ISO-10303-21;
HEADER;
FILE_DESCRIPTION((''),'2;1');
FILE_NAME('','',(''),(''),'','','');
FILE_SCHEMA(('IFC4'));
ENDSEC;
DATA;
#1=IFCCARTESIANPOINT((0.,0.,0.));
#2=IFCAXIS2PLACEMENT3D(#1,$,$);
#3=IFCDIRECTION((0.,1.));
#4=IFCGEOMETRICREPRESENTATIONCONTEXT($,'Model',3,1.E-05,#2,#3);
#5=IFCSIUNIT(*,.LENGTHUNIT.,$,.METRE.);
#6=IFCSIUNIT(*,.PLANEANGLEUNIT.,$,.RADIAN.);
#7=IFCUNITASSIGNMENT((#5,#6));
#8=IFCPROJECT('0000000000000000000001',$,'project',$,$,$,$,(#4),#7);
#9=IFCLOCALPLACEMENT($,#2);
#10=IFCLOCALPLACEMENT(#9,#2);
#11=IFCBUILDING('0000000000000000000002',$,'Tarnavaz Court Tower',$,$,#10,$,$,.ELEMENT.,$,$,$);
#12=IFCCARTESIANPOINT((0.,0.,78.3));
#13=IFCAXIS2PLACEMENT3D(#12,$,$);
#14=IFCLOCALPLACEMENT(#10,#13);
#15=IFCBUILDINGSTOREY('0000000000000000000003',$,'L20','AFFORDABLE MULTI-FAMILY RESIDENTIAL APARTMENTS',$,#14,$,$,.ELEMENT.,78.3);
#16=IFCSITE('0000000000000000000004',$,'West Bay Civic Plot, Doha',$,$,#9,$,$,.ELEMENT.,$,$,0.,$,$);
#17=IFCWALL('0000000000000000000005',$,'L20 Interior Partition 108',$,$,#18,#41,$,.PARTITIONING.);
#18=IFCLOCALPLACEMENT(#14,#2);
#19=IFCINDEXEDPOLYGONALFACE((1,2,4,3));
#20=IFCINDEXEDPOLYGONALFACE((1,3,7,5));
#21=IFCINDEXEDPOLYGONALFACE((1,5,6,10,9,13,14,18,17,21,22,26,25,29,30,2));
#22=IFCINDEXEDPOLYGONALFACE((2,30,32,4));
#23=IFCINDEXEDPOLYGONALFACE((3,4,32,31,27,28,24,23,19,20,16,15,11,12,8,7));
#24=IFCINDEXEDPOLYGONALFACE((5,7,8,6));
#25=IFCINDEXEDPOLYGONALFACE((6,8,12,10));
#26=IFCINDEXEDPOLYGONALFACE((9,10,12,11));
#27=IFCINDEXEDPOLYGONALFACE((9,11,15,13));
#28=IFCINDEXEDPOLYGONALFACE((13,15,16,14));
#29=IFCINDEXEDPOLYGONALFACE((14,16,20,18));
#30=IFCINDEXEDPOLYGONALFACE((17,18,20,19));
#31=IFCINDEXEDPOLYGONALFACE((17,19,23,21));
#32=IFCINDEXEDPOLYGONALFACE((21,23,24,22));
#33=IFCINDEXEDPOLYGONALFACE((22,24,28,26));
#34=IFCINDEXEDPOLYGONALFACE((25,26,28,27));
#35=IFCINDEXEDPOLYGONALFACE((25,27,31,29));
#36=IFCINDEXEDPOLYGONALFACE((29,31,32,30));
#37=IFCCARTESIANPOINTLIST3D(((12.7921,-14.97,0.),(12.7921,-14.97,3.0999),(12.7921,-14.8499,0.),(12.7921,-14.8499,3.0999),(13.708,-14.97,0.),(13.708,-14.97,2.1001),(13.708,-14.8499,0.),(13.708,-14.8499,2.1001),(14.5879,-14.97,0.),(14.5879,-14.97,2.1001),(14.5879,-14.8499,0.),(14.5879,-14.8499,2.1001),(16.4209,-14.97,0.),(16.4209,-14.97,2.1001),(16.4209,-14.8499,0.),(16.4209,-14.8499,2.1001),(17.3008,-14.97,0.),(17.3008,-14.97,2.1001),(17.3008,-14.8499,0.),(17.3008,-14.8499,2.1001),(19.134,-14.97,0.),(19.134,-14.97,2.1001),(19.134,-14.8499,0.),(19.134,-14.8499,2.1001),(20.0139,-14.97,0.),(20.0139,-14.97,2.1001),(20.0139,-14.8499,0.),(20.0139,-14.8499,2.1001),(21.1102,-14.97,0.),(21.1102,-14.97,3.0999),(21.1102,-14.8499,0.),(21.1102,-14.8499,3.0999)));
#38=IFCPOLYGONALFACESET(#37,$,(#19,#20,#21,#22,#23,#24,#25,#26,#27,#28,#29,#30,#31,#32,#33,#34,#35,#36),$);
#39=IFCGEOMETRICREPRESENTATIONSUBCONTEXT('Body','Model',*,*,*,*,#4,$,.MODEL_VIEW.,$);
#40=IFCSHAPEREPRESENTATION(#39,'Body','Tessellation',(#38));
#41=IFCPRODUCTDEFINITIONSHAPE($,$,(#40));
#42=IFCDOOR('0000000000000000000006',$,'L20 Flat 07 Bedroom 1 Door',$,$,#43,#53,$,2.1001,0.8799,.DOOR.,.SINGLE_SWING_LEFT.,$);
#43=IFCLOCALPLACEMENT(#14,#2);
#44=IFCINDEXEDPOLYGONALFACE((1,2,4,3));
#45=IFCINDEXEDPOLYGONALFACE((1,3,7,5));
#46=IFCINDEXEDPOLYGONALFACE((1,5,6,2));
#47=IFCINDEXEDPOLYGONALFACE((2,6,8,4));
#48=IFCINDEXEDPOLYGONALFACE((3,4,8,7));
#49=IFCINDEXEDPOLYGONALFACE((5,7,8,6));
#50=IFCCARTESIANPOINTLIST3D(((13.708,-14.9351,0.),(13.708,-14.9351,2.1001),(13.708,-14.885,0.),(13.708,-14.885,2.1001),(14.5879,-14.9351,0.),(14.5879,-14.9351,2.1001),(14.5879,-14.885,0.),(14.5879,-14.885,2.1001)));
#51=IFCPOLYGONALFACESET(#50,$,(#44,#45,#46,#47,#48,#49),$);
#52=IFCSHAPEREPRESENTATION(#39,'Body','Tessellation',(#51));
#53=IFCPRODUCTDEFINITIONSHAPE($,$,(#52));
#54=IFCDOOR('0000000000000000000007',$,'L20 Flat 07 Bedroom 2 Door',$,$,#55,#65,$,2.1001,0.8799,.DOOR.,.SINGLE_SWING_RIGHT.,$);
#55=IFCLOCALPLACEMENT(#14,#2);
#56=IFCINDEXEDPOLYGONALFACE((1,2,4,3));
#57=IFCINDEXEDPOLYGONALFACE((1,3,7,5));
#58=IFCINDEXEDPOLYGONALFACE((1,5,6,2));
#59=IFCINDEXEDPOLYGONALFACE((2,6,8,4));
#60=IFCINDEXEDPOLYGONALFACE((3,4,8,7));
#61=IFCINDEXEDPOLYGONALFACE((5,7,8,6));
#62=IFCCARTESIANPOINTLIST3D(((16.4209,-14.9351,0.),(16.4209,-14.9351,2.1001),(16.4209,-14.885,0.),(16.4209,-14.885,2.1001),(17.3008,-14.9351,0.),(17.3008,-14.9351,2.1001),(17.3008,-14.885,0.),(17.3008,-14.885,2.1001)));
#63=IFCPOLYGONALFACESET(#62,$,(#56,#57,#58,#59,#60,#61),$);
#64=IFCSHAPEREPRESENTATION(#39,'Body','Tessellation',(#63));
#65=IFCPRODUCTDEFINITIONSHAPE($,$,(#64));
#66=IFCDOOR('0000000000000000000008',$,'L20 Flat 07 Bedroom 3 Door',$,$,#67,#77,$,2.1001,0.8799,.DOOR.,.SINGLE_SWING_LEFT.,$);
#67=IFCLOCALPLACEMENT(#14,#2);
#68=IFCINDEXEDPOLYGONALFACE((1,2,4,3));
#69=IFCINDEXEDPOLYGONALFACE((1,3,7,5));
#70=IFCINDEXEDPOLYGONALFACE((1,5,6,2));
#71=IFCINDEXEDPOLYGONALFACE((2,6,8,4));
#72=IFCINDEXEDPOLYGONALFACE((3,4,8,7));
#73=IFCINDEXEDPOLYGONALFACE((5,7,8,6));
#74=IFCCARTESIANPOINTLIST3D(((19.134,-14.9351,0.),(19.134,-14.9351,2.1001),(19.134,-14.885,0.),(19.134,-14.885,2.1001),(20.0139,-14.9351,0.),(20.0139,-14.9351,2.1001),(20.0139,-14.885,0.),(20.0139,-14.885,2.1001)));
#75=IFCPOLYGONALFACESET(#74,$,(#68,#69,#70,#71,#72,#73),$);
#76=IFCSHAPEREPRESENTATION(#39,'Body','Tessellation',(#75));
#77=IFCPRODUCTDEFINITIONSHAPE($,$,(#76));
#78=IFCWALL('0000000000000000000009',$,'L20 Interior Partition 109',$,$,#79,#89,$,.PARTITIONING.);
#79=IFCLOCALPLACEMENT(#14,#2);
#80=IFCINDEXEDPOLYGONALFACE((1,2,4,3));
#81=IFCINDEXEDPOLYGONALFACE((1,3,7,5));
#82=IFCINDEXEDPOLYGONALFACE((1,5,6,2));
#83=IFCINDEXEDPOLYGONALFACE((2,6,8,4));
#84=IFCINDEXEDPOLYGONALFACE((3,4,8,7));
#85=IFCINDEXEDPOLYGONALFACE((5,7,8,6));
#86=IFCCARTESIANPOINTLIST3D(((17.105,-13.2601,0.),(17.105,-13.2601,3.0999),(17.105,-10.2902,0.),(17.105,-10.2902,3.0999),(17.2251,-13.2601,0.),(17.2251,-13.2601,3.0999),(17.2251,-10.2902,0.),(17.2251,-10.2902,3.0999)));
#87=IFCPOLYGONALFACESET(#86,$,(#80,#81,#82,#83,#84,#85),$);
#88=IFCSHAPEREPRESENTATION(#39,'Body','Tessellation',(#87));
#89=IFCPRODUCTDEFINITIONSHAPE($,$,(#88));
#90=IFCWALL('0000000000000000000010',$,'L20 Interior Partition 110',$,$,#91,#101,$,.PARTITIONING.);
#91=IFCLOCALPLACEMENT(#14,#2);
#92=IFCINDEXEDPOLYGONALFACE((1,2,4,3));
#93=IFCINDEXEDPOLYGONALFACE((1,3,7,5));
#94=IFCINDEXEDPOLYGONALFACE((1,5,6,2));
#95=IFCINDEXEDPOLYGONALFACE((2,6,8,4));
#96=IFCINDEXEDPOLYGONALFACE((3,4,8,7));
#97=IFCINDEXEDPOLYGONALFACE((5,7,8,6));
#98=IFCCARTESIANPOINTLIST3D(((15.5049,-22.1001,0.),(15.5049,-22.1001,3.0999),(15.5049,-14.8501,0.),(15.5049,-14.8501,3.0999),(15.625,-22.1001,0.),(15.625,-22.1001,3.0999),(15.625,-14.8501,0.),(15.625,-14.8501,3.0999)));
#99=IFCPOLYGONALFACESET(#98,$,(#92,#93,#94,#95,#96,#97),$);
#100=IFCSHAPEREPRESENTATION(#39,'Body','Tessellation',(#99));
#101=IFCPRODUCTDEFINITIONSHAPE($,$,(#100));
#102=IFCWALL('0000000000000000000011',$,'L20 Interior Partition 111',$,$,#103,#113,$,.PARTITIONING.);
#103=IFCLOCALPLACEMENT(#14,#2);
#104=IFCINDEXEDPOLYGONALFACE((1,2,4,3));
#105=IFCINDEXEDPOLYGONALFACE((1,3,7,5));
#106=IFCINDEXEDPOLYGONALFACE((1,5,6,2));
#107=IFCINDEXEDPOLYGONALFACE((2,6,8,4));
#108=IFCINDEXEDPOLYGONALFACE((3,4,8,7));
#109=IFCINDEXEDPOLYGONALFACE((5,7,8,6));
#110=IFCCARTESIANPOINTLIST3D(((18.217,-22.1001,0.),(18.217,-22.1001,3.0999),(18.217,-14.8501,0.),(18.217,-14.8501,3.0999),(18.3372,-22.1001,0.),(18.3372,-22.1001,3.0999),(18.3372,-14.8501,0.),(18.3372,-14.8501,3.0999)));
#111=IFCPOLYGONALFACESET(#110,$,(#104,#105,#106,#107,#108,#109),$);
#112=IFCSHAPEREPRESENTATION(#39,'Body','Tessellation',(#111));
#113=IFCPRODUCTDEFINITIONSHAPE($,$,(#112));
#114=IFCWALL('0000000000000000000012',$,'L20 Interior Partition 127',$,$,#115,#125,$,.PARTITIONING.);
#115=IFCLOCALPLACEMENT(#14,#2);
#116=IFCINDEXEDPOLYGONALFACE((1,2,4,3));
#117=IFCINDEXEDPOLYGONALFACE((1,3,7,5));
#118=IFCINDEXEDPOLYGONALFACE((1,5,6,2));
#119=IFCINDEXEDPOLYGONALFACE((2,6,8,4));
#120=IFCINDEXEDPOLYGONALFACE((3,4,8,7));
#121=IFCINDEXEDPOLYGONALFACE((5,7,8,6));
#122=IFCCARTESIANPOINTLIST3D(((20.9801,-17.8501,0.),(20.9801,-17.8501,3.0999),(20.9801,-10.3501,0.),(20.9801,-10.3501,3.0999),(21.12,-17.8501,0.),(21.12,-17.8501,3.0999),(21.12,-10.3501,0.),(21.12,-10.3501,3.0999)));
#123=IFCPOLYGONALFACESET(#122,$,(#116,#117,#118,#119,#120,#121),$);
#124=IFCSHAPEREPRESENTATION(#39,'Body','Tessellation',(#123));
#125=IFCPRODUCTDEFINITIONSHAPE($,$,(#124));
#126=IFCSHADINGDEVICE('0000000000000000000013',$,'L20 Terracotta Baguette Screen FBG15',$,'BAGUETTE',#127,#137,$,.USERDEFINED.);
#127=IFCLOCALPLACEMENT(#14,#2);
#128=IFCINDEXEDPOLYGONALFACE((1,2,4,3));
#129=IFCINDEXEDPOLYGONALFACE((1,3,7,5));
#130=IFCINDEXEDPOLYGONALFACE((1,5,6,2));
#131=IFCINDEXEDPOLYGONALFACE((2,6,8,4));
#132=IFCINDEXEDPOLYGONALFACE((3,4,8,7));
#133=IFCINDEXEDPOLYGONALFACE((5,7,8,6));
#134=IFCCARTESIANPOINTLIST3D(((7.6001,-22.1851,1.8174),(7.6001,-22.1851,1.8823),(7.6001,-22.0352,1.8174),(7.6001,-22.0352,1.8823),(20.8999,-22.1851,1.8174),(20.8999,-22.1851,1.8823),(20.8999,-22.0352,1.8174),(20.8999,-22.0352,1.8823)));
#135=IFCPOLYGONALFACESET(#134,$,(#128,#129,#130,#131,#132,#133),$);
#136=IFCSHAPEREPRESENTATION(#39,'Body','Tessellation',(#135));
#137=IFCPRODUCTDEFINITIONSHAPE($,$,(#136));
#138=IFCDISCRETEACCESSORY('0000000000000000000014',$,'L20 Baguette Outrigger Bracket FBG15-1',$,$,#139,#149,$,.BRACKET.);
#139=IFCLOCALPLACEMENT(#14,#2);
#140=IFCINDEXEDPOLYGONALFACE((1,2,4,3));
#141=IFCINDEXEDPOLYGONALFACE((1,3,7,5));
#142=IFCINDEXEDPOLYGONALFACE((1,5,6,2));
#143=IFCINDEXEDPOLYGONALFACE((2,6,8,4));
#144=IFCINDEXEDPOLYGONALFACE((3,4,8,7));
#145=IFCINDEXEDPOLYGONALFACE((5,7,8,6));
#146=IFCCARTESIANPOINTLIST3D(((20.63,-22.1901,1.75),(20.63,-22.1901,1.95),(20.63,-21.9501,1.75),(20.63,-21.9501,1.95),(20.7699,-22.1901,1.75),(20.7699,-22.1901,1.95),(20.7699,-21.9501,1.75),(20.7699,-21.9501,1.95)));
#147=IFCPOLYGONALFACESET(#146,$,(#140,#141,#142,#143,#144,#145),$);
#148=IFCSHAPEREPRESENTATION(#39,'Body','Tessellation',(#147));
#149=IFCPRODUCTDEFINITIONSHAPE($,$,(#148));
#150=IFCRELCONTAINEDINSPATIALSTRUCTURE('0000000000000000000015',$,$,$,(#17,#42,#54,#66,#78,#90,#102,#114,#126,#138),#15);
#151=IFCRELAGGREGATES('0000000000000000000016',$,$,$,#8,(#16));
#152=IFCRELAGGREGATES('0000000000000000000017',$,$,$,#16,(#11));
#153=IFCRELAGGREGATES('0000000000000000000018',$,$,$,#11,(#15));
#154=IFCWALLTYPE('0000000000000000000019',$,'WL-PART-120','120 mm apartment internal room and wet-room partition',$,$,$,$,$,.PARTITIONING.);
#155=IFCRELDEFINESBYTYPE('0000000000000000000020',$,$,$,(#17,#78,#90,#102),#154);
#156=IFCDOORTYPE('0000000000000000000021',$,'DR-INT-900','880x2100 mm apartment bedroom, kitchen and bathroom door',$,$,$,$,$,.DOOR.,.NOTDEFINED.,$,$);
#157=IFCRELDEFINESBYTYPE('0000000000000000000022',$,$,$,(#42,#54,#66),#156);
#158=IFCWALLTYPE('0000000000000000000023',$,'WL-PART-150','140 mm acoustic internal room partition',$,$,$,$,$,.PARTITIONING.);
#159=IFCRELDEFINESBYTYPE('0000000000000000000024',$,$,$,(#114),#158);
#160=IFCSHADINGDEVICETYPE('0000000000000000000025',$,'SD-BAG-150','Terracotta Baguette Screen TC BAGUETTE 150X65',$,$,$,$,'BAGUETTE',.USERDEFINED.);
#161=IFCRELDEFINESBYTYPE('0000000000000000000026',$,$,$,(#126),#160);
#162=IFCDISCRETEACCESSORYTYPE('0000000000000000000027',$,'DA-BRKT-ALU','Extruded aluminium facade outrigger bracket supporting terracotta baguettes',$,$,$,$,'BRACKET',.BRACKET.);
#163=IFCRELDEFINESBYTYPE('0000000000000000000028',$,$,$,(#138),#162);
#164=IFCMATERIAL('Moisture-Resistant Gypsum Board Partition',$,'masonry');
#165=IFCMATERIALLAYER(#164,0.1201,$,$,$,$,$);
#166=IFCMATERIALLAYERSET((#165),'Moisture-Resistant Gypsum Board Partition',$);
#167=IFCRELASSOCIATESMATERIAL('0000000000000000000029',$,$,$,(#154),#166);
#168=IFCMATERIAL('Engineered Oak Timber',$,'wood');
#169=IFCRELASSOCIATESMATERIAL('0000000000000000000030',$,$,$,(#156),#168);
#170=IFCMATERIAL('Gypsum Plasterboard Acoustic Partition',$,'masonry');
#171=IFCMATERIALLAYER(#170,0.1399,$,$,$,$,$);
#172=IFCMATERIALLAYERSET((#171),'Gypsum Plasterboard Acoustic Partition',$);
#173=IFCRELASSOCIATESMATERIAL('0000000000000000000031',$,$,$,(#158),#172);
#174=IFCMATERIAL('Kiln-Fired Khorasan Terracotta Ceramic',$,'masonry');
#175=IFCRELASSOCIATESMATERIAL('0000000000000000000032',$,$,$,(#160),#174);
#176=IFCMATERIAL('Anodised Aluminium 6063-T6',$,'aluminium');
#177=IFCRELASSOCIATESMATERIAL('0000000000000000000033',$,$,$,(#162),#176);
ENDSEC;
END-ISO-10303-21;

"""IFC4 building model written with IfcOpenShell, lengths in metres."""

from ifc_helpers import new_model, si_unit, direction, frame, frame_2d, origin, origin_2d, place, context, subcontext, project, spatial, rectangle, extrude, material, layer, layer_set, material_profile, profile_set, type_object, element, fill, save


model = new_model("IFC4")

# Units and contexts
model_context = context("Model", 3, precision=1e-05, world=origin(), true_north=direction((0.0, 1.0)))
body_context = subcontext(model_context, "Body", "Model", "MODEL_VIEW")
ifc_project = project(units=[si_unit("LENGTHUNIT", "METRE"), si_unit("PLANEANGLEUNIT", "RADIAN")], contexts=[model_context])

# Site, building, storey
site_placement = place(None, origin())
site = spatial("IfcSite", under=ifc_project, at=site_placement, Name="West Bay Civic Plot, Doha", CompositionType="ELEMENT", RefElevation=0.0)
building_placement = place(site_placement, origin())
building = spatial("IfcBuilding", under=site, at=building_placement, Name="Tarnavaz Court Tower", CompositionType="ELEMENT")
storey_placement = place(building_placement, frame((0.0, 0.0, 78.3)))
storey = spatial("IfcBuildingStorey", under=building, at=storey_placement, Name="L20", Description="AFFORDABLE MULTI-FAMILY RESIDENTIAL APARTMENTS", CompositionType="ELEMENT", Elevation=78.3)

# Shared definitions
ifc_material_1 = material(Name="Moisture-Resistant Gypsum Board Partition", Category="masonry")
ifc_layer_1 = layer(ifc_material_1, 0.1201)
ifc_layer_set_1 = layer_set([ifc_layer_1], Name="Moisture-Resistant Gypsum Board Partition")
wall_type_1 = type_object("IfcWallType", Name="WL-PART-120", Description="120 mm apartment internal room and wet-room partition", PredefinedType="PARTITIONING", material=ifc_layer_set_1)
ifc_material_2 = material(Name="Engineered Oak Timber", Category="wood")
door_type_1 = type_object("IfcDoorType", Name="DR-INT-900", Description="880x2100 mm apartment bedroom, kitchen and bathroom door", OperationType="NOTDEFINED", PredefinedType="DOOR", material=ifc_material_2)

# Wall, openings, doors
wall_1_placement = place(storey_placement, frame((12.792, -14.9099, 0.0), z_axis=(0.0, 0.0, 1.0), x_axis=(1.0, 0.0, 0.0)))
wall_1 = element("IfcWall", 1, at=wall_1_placement, inside=storey, type_object=wall_type_1, Name="L20 Interior Partition 108", PredefinedType="PARTITIONING", context=body_context, shape_type="SweptSolid", body=[
    extrude(rectangle(XDim=8.3181, YDim=0.1201, at=frame_2d((4.1592, 0.0))), origin(), (0.0, 0.0, 1.0), 3.0999),
])
opening_1_placement = place(wall_1_placement, frame((0.916, 0.0, 0.0)))
opening_1 = element("IfcOpeningElement", 2, at=opening_1_placement, cuts=wall_1, PredefinedType="OPENING", context=body_context, shape_type="SweptSolid", body=[
    extrude(rectangle(XDim=0.8799, YDim=2.1001, at=frame_2d((0.4399, 1.05))), frame((0.0, 0.0701, 0.0), z_axis=(0.0, -1.0, 0.0), x_axis=(1.0, 0.0, 0.0)), (0.0, 0.0, 1.0), 0.1401),
])
opening_2_placement = place(wall_1_placement, frame((3.6289, 0.0, 0.0)))
opening_2 = element("IfcOpeningElement", 3, at=opening_2_placement, cuts=wall_1, PredefinedType="OPENING", context=body_context, shape_type="SweptSolid", body=[
    extrude(rectangle(XDim=0.8799, YDim=2.1001, at=frame_2d((0.4399, 1.05))), frame((0.0, 0.0701, 0.0), z_axis=(0.0, -1.0, 0.0), x_axis=(1.0, 0.0, 0.0)), (0.0, 0.0, 1.0), 0.1401),
])
opening_3_placement = place(wall_1_placement, frame((6.342, 0.0, 0.0)))
opening_3 = element("IfcOpeningElement", 4, at=opening_3_placement, cuts=wall_1, PredefinedType="OPENING", context=body_context, shape_type="SweptSolid", body=[
    extrude(rectangle(XDim=0.8799, YDim=2.1001, at=frame_2d((0.4399, 1.05))), frame((0.0, 0.0701, 0.0), z_axis=(0.0, -1.0, 0.0), x_axis=(1.0, 0.0, 0.0)), (0.0, 0.0, 1.0), 0.1401),
])
door_1_placement = place(opening_1_placement, origin())
door_1 = element("IfcDoor", 5, at=door_1_placement, inside=storey, type_object=door_type_1, Name="L20 Flat 07 Bedroom 1 Door", OperationType="SINGLE_SWING_LEFT", OverallHeight=2.1001, OverallWidth=0.8799, PredefinedType="DOOR", context=body_context, shape_type="SweptSolid", body=[
    extrude(rectangle(XDim=0.8799, YDim=2.1001, at=frame_2d((0.4399, 1.05))), frame((0.0, 0.0249, 0.0), z_axis=(0.0, -1.0, 0.0), x_axis=(1.0, 0.0, 0.0)), (0.0, 0.0, 1.0), 0.05),
])
fill(opening_1, door_1)
door_2_placement = place(opening_2_placement, origin())
door_2 = element("IfcDoor", 6, at=door_2_placement, inside=storey, type_object=door_type_1, Name="L20 Flat 07 Bedroom 2 Door", OperationType="SINGLE_SWING_RIGHT", OverallHeight=2.1001, OverallWidth=0.8799, PredefinedType="DOOR", context=body_context, shape_type="SweptSolid", body=[
    extrude(rectangle(XDim=0.8799, YDim=2.1001, at=frame_2d((0.4399, 1.05))), frame((0.0, 0.0249, 0.0), z_axis=(0.0, -1.0, 0.0), x_axis=(1.0, 0.0, 0.0)), (0.0, 0.0, 1.0), 0.05),
])
fill(opening_2, door_2)
door_3_placement = place(opening_3_placement, origin())
door_3 = element("IfcDoor", 7, at=door_3_placement, inside=storey, type_object=door_type_1, Name="L20 Flat 07 Bedroom 3 Door", OperationType="SINGLE_SWING_LEFT", OverallHeight=2.1001, OverallWidth=0.8799, PredefinedType="DOOR", context=body_context, shape_type="SweptSolid", body=[
    extrude(rectangle(XDim=0.8799, YDim=2.1001, at=frame_2d((0.4399, 1.05))), frame((0.0, 0.0249, 0.0), z_axis=(0.0, -1.0, 0.0), x_axis=(1.0, 0.0, 0.0)), (0.0, 0.0, 1.0), 0.05),
])
fill(opening_3, door_3)

# Walls
wall_2_placement = place(storey_placement, frame((17.165, -13.26, 0.0), z_axis=(0.0, 0.0, 1.0), x_axis=(0.0, 1.0, 0.0)))
element("IfcWall", 8, at=wall_2_placement, inside=storey, type_object=wall_type_1, Name="L20 Interior Partition 109", PredefinedType="PARTITIONING", context=body_context, shape_type="SweptSolid", body=[
    extrude(rectangle(XDim=2.97, YDim=0.1201, at=frame_2d((1.4849, 0.0))), origin(), (0.0, 0.0, 1.0), 3.0999),
])
for number, where, z_axis, x_axis, name in (
    (9, (15.5649, -22.1001, 0.0), (0.0, 0.0, 1.0), (0.0, 1.0, 0.0), "L20 Interior Partition 110"),
    (10, (18.2771, -22.1001, 0.0), (0.0, 0.0, 1.0), (0.0, 1.0, 0.0), "L20 Interior Partition 111"),
):
    element("IfcWall", number, at=place(storey_placement, frame(where, z_axis=z_axis, x_axis=x_axis)), inside=storey, type_object=wall_type_1, Name=name, PredefinedType="PARTITIONING", context=body_context, shape_type="SweptSolid", body=[
        extrude(rectangle(XDim=7.25, YDim=0.1201, at=frame_2d((3.625, 0.0))), origin(), (0.0, 0.0, 1.0), 3.0999),
    ])
ifc_material_3 = material(Name="Gypsum Plasterboard Acoustic Partition", Category="masonry")
ifc_layer_2 = layer(ifc_material_3, 0.1399)
ifc_layer_set_2 = layer_set([ifc_layer_2], Name="Gypsum Plasterboard Acoustic Partition")
wall_type_2 = type_object("IfcWallType", Name="WL-PART-150", Description="140 mm acoustic internal room partition", PredefinedType="PARTITIONING", material=ifc_layer_set_2)
wall_3_placement = place(storey_placement, frame((21.05, -17.8501, 0.0), z_axis=(0.0, 0.0, 1.0), x_axis=(0.0, 1.0, 0.0)))
element("IfcWall", 11, at=wall_3_placement, inside=storey, type_object=wall_type_2, Name="L20 Interior Partition 127", PredefinedType="PARTITIONING", context=body_context, shape_type="SweptSolid", body=[
    extrude(rectangle(XDim=7.5, YDim=0.1399, at=frame_2d((3.75, 0.0))), origin(), (0.0, 0.0, 1.0), 3.0999),
])

# Shading device
ifc_material_4 = material(Name="Kiln-Fired Khorasan Terracotta Ceramic", Category="masonry")
ifc_material_profile_1 = material_profile(ifc_material_4, rectangle(XDim=0.1499, YDim=0.0649, at=origin_2d()), Name="TC BAGUETTE 150X65")
ifc_profile_set_1 = profile_set([ifc_material_profile_1], Name="Kiln-Fired Khorasan Terracotta Ceramic")
shading_device_type = type_object("IfcShadingDeviceType", Name="SD-BAG-150", Description="Terracotta Baguette Screen TC BAGUETTE 150X65", ElementType="BAGUETTE", PredefinedType="USERDEFINED", material=ifc_profile_set_1)
shading_device_placement = place(storey_placement, frame((20.8999, -22.1101, 1.8499), z_axis=(-1.0, 0.0, 0.0), x_axis=(0.0, -1.0, 0.0)))
element("IfcShadingDevice", 12, at=shading_device_placement, inside=storey, type_object=shading_device_type, Name="L20 Terracotta Baguette Screen FBG15", ObjectType="BAGUETTE", PredefinedType="USERDEFINED", context=body_context, shape_type="SweptSolid", body=[
    extrude(rectangle(XDim=0.1499, YDim=0.0649, at=origin_2d()), origin(), (0.0, 0.0, 1.0), 13.2998),
])

# Discrete accessory
ifc_material_5 = material(Name="Anodised Aluminium 6063-T6", Category="aluminium")
discrete_accessory_type = type_object("IfcDiscreteAccessoryType", Name="DA-BRKT-ALU", Description="Extruded aluminium facade outrigger bracket supporting terracotta baguettes", ElementType="BRACKET", PredefinedType="BRACKET", material=ifc_material_5)
discrete_accessory_placement = place(storey_placement, frame((20.7, -22.0701, 1.75), z_axis=(0.0, 0.0, 1.0), x_axis=(-1.0, 0.0, 0.0)))
element("IfcDiscreteAccessory", 13, at=discrete_accessory_placement, inside=storey, type_object=discrete_accessory_type, Name="L20 Baguette Outrigger Bracket FBG15-1", PredefinedType="BRACKET", context=body_context, shape_type="SweptSolid", body=[
    extrude(rectangle(XDim=0.1399, YDim=0.24, at=origin_2d()), origin(), (0.0, 0.0, 1.0), 0.2),
])

save(model, "model.ifc")
